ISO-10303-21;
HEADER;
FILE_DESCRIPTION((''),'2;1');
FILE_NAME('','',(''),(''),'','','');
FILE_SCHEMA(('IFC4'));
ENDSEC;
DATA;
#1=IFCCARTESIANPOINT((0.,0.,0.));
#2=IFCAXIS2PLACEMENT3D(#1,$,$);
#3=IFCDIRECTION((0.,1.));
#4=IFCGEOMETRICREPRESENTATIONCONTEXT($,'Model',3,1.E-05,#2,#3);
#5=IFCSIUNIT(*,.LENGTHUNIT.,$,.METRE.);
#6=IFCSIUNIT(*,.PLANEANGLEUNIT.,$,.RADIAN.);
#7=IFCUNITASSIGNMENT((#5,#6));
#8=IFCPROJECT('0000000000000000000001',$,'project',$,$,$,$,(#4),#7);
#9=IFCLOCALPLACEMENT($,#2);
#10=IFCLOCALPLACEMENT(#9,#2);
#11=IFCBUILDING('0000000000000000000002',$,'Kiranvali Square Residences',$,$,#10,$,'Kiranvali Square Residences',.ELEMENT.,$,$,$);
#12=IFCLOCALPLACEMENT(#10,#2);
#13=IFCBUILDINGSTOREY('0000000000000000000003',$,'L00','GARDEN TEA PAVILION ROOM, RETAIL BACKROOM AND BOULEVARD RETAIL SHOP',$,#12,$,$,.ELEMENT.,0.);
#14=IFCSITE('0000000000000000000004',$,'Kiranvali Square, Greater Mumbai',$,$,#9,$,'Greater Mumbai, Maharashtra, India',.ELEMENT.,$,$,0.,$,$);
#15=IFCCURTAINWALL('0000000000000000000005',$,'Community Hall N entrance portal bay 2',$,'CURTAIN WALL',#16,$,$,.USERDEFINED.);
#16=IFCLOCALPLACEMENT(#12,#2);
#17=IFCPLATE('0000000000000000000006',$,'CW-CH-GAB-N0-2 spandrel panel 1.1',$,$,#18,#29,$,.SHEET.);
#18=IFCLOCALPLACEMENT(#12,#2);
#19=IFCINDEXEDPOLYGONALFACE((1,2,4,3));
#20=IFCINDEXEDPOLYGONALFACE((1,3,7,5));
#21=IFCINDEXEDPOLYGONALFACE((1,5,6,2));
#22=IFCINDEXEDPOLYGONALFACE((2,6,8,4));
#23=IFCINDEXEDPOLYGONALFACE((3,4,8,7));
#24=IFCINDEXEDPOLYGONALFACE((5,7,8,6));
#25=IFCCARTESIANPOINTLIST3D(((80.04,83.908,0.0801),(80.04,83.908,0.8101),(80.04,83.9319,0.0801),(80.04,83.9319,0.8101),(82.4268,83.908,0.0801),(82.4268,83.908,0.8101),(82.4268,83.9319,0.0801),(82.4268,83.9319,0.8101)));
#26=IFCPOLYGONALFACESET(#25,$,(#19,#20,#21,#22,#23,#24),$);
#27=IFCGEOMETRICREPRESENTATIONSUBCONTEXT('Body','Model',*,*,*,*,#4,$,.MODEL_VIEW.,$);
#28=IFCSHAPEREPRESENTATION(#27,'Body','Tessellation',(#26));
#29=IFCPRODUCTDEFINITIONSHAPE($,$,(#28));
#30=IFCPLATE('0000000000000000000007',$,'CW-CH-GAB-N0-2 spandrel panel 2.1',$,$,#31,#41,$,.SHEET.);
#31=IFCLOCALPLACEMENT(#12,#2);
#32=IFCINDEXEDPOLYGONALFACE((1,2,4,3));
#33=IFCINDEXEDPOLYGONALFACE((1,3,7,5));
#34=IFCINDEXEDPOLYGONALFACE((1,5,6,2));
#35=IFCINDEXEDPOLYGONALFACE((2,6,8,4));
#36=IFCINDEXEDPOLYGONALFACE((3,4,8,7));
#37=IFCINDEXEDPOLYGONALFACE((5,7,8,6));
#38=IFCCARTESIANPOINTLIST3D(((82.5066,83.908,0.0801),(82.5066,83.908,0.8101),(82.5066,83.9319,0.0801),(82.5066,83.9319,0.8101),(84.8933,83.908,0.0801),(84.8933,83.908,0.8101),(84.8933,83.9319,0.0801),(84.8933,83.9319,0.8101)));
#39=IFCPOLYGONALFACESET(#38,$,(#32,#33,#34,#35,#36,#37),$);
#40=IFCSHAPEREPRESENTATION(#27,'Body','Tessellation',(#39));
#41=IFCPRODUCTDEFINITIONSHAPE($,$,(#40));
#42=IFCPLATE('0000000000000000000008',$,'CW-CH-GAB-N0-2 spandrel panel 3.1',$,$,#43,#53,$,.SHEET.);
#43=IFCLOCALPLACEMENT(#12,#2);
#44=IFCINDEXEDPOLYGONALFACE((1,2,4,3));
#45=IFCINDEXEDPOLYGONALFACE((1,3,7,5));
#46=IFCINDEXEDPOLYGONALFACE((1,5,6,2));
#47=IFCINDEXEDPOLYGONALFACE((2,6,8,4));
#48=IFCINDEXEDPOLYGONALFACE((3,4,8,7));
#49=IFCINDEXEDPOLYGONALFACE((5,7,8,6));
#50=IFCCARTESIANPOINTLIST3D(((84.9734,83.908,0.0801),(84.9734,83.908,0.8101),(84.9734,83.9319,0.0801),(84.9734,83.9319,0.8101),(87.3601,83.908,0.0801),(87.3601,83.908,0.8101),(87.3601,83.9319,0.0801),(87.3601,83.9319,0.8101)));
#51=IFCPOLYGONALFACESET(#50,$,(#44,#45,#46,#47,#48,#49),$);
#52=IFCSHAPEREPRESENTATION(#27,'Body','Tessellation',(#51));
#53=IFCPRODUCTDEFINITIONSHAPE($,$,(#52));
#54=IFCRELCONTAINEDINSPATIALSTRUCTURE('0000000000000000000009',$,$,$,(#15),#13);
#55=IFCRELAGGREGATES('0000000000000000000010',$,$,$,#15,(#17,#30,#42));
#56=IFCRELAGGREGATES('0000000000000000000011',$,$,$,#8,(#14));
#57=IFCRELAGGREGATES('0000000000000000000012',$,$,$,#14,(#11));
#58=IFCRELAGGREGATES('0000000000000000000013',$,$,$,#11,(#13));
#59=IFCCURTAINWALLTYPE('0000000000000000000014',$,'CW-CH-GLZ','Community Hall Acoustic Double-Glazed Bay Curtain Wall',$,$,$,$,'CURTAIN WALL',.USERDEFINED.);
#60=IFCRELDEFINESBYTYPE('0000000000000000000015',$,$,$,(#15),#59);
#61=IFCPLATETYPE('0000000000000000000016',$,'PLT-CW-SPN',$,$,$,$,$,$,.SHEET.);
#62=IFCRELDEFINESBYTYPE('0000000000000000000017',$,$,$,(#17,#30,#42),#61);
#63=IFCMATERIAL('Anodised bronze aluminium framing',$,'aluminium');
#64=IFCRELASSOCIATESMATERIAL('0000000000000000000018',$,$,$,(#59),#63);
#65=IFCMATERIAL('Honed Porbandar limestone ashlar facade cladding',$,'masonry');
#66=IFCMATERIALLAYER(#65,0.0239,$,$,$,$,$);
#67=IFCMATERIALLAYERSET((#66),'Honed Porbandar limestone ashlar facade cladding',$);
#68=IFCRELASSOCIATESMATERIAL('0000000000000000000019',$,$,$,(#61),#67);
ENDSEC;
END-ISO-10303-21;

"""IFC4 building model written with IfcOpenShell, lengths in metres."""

from ifc_helpers import new_model, si_unit, direction, frame, origin, origin_2d, place, context, subcontext, project, spatial, rectangle, extrude, material, layer, layer_set, type_object, element, aggregate, save


model = new_model("IFC4")

# Units and contexts
model_context = context("Model", 3, precision=1e-05, world=origin(), true_north=direction((0.0, 1.0)))
body_context = subcontext(model_context, "Body", "Model", "MODEL_VIEW")
ifc_project = project(units=[si_unit("LENGTHUNIT", "METRE"), si_unit("PLANEANGLEUNIT", "RADIAN")], contexts=[model_context])

# Site, building, storey
site_placement = place(None, origin())
site = spatial("IfcSite", under=ifc_project, at=site_placement, Name="Kiranvali Square, Greater Mumbai", LongName="Greater Mumbai, Maharashtra, India", CompositionType="ELEMENT", RefElevation=0.0)
building_placement = place(site_placement, origin())
building = spatial("IfcBuilding", under=site, at=building_placement, Name="Kiranvali Square Residences", LongName="Kiranvali Square Residences", CompositionType="ELEMENT")
storey_placement = place(building_placement, origin())
storey = spatial("IfcBuildingStorey", under=building, at=storey_placement, Name="L00", Description="GARDEN TEA PAVILION ROOM, RETAIL BACKROOM AND BOULEVARD RETAIL SHOP", CompositionType="ELEMENT", Elevation=0.0)

# Curtain wall, plates
ifc_material_1 = material(Name="Anodised bronze aluminium framing", Category="aluminium")
curtain_wall_type = type_object("IfcCurtainWallType", Name="CW-CH-GLZ", Description="Community Hall Acoustic Double-Glazed Bay Curtain Wall", ElementType="CURTAIN WALL", PredefinedType="USERDEFINED", material=ifc_material_1)
curtain_wall_placement = place(storey_placement, origin())
curtain_wall = element("IfcCurtainWall", 1, at=curtain_wall_placement, inside=storey, type_object=curtain_wall_type, Name="Community Hall N entrance portal bay 2", ObjectType="CURTAIN WALL", PredefinedType="USERDEFINED")
ifc_material_2 = material(Name="Honed Porbandar limestone ashlar facade cladding", Category="masonry")
ifc_layer_1 = layer(ifc_material_2, 0.0239)
ifc_layer_set_1 = layer_set([ifc_layer_1], Name="Honed Porbandar limestone ashlar facade cladding")
plate_type_1 = type_object("IfcPlateType", Name="PLT-CW-SPN", PredefinedType="SHEET", material=ifc_layer_set_1)
plate_1_placement = place(storey_placement, frame((81.2334, 83.9199, 0.0801), z_axis=(0.0, 0.0, 1.0), x_axis=(1.0, 0.0, 0.0)))
plate_1 = element("IfcPlate", 2, at=plate_1_placement, type_object=plate_type_1, Name="CW-CH-GAB-N0-2 spandrel panel 1.1", PredefinedType="SHEET", context=body_context, shape_type="SweptSolid", body=[
    extrude(rectangle(XDim=2.3867, YDim=0.0239, at=origin_2d()), origin(), (0.0, 0.0, 1.0), 0.73),
])
plate_2_placement = place(storey_placement, frame((83.7, 83.9199, 0.0801), z_axis=(0.0, 0.0, 1.0), x_axis=(1.0, 0.0, 0.0)))
plate_2 = element("IfcPlate", 3, at=plate_2_placement, type_object=plate_type_1, Name="CW-CH-GAB-N0-2 spandrel panel 2.1", PredefinedType="SHEET", context=body_context, shape_type="SweptSolid", body=[
    extrude(rectangle(XDim=2.3867, YDim=0.0239, at=origin_2d()), origin(), (0.0, 0.0, 1.0), 0.73),
])
plate_3_placement = place(storey_placement, frame((86.1667, 83.9199, 0.0801), z_axis=(0.0, 0.0, 1.0), x_axis=(1.0, 0.0, 0.0)))
plate_3 = element("IfcPlate", 4, at=plate_3_placement, type_object=plate_type_1, Name="CW-CH-GAB-N0-2 spandrel panel 3.1", PredefinedType="SHEET", context=body_context, shape_type="SweptSolid", body=[
    extrude(rectangle(XDim=2.3867, YDim=0.0239, at=origin_2d()), origin(), (0.0, 0.0, 1.0), 0.73),
])
aggregate(curtain_wall, [plate_1, plate_2, plate_3])

save(model, "model.ifc")
